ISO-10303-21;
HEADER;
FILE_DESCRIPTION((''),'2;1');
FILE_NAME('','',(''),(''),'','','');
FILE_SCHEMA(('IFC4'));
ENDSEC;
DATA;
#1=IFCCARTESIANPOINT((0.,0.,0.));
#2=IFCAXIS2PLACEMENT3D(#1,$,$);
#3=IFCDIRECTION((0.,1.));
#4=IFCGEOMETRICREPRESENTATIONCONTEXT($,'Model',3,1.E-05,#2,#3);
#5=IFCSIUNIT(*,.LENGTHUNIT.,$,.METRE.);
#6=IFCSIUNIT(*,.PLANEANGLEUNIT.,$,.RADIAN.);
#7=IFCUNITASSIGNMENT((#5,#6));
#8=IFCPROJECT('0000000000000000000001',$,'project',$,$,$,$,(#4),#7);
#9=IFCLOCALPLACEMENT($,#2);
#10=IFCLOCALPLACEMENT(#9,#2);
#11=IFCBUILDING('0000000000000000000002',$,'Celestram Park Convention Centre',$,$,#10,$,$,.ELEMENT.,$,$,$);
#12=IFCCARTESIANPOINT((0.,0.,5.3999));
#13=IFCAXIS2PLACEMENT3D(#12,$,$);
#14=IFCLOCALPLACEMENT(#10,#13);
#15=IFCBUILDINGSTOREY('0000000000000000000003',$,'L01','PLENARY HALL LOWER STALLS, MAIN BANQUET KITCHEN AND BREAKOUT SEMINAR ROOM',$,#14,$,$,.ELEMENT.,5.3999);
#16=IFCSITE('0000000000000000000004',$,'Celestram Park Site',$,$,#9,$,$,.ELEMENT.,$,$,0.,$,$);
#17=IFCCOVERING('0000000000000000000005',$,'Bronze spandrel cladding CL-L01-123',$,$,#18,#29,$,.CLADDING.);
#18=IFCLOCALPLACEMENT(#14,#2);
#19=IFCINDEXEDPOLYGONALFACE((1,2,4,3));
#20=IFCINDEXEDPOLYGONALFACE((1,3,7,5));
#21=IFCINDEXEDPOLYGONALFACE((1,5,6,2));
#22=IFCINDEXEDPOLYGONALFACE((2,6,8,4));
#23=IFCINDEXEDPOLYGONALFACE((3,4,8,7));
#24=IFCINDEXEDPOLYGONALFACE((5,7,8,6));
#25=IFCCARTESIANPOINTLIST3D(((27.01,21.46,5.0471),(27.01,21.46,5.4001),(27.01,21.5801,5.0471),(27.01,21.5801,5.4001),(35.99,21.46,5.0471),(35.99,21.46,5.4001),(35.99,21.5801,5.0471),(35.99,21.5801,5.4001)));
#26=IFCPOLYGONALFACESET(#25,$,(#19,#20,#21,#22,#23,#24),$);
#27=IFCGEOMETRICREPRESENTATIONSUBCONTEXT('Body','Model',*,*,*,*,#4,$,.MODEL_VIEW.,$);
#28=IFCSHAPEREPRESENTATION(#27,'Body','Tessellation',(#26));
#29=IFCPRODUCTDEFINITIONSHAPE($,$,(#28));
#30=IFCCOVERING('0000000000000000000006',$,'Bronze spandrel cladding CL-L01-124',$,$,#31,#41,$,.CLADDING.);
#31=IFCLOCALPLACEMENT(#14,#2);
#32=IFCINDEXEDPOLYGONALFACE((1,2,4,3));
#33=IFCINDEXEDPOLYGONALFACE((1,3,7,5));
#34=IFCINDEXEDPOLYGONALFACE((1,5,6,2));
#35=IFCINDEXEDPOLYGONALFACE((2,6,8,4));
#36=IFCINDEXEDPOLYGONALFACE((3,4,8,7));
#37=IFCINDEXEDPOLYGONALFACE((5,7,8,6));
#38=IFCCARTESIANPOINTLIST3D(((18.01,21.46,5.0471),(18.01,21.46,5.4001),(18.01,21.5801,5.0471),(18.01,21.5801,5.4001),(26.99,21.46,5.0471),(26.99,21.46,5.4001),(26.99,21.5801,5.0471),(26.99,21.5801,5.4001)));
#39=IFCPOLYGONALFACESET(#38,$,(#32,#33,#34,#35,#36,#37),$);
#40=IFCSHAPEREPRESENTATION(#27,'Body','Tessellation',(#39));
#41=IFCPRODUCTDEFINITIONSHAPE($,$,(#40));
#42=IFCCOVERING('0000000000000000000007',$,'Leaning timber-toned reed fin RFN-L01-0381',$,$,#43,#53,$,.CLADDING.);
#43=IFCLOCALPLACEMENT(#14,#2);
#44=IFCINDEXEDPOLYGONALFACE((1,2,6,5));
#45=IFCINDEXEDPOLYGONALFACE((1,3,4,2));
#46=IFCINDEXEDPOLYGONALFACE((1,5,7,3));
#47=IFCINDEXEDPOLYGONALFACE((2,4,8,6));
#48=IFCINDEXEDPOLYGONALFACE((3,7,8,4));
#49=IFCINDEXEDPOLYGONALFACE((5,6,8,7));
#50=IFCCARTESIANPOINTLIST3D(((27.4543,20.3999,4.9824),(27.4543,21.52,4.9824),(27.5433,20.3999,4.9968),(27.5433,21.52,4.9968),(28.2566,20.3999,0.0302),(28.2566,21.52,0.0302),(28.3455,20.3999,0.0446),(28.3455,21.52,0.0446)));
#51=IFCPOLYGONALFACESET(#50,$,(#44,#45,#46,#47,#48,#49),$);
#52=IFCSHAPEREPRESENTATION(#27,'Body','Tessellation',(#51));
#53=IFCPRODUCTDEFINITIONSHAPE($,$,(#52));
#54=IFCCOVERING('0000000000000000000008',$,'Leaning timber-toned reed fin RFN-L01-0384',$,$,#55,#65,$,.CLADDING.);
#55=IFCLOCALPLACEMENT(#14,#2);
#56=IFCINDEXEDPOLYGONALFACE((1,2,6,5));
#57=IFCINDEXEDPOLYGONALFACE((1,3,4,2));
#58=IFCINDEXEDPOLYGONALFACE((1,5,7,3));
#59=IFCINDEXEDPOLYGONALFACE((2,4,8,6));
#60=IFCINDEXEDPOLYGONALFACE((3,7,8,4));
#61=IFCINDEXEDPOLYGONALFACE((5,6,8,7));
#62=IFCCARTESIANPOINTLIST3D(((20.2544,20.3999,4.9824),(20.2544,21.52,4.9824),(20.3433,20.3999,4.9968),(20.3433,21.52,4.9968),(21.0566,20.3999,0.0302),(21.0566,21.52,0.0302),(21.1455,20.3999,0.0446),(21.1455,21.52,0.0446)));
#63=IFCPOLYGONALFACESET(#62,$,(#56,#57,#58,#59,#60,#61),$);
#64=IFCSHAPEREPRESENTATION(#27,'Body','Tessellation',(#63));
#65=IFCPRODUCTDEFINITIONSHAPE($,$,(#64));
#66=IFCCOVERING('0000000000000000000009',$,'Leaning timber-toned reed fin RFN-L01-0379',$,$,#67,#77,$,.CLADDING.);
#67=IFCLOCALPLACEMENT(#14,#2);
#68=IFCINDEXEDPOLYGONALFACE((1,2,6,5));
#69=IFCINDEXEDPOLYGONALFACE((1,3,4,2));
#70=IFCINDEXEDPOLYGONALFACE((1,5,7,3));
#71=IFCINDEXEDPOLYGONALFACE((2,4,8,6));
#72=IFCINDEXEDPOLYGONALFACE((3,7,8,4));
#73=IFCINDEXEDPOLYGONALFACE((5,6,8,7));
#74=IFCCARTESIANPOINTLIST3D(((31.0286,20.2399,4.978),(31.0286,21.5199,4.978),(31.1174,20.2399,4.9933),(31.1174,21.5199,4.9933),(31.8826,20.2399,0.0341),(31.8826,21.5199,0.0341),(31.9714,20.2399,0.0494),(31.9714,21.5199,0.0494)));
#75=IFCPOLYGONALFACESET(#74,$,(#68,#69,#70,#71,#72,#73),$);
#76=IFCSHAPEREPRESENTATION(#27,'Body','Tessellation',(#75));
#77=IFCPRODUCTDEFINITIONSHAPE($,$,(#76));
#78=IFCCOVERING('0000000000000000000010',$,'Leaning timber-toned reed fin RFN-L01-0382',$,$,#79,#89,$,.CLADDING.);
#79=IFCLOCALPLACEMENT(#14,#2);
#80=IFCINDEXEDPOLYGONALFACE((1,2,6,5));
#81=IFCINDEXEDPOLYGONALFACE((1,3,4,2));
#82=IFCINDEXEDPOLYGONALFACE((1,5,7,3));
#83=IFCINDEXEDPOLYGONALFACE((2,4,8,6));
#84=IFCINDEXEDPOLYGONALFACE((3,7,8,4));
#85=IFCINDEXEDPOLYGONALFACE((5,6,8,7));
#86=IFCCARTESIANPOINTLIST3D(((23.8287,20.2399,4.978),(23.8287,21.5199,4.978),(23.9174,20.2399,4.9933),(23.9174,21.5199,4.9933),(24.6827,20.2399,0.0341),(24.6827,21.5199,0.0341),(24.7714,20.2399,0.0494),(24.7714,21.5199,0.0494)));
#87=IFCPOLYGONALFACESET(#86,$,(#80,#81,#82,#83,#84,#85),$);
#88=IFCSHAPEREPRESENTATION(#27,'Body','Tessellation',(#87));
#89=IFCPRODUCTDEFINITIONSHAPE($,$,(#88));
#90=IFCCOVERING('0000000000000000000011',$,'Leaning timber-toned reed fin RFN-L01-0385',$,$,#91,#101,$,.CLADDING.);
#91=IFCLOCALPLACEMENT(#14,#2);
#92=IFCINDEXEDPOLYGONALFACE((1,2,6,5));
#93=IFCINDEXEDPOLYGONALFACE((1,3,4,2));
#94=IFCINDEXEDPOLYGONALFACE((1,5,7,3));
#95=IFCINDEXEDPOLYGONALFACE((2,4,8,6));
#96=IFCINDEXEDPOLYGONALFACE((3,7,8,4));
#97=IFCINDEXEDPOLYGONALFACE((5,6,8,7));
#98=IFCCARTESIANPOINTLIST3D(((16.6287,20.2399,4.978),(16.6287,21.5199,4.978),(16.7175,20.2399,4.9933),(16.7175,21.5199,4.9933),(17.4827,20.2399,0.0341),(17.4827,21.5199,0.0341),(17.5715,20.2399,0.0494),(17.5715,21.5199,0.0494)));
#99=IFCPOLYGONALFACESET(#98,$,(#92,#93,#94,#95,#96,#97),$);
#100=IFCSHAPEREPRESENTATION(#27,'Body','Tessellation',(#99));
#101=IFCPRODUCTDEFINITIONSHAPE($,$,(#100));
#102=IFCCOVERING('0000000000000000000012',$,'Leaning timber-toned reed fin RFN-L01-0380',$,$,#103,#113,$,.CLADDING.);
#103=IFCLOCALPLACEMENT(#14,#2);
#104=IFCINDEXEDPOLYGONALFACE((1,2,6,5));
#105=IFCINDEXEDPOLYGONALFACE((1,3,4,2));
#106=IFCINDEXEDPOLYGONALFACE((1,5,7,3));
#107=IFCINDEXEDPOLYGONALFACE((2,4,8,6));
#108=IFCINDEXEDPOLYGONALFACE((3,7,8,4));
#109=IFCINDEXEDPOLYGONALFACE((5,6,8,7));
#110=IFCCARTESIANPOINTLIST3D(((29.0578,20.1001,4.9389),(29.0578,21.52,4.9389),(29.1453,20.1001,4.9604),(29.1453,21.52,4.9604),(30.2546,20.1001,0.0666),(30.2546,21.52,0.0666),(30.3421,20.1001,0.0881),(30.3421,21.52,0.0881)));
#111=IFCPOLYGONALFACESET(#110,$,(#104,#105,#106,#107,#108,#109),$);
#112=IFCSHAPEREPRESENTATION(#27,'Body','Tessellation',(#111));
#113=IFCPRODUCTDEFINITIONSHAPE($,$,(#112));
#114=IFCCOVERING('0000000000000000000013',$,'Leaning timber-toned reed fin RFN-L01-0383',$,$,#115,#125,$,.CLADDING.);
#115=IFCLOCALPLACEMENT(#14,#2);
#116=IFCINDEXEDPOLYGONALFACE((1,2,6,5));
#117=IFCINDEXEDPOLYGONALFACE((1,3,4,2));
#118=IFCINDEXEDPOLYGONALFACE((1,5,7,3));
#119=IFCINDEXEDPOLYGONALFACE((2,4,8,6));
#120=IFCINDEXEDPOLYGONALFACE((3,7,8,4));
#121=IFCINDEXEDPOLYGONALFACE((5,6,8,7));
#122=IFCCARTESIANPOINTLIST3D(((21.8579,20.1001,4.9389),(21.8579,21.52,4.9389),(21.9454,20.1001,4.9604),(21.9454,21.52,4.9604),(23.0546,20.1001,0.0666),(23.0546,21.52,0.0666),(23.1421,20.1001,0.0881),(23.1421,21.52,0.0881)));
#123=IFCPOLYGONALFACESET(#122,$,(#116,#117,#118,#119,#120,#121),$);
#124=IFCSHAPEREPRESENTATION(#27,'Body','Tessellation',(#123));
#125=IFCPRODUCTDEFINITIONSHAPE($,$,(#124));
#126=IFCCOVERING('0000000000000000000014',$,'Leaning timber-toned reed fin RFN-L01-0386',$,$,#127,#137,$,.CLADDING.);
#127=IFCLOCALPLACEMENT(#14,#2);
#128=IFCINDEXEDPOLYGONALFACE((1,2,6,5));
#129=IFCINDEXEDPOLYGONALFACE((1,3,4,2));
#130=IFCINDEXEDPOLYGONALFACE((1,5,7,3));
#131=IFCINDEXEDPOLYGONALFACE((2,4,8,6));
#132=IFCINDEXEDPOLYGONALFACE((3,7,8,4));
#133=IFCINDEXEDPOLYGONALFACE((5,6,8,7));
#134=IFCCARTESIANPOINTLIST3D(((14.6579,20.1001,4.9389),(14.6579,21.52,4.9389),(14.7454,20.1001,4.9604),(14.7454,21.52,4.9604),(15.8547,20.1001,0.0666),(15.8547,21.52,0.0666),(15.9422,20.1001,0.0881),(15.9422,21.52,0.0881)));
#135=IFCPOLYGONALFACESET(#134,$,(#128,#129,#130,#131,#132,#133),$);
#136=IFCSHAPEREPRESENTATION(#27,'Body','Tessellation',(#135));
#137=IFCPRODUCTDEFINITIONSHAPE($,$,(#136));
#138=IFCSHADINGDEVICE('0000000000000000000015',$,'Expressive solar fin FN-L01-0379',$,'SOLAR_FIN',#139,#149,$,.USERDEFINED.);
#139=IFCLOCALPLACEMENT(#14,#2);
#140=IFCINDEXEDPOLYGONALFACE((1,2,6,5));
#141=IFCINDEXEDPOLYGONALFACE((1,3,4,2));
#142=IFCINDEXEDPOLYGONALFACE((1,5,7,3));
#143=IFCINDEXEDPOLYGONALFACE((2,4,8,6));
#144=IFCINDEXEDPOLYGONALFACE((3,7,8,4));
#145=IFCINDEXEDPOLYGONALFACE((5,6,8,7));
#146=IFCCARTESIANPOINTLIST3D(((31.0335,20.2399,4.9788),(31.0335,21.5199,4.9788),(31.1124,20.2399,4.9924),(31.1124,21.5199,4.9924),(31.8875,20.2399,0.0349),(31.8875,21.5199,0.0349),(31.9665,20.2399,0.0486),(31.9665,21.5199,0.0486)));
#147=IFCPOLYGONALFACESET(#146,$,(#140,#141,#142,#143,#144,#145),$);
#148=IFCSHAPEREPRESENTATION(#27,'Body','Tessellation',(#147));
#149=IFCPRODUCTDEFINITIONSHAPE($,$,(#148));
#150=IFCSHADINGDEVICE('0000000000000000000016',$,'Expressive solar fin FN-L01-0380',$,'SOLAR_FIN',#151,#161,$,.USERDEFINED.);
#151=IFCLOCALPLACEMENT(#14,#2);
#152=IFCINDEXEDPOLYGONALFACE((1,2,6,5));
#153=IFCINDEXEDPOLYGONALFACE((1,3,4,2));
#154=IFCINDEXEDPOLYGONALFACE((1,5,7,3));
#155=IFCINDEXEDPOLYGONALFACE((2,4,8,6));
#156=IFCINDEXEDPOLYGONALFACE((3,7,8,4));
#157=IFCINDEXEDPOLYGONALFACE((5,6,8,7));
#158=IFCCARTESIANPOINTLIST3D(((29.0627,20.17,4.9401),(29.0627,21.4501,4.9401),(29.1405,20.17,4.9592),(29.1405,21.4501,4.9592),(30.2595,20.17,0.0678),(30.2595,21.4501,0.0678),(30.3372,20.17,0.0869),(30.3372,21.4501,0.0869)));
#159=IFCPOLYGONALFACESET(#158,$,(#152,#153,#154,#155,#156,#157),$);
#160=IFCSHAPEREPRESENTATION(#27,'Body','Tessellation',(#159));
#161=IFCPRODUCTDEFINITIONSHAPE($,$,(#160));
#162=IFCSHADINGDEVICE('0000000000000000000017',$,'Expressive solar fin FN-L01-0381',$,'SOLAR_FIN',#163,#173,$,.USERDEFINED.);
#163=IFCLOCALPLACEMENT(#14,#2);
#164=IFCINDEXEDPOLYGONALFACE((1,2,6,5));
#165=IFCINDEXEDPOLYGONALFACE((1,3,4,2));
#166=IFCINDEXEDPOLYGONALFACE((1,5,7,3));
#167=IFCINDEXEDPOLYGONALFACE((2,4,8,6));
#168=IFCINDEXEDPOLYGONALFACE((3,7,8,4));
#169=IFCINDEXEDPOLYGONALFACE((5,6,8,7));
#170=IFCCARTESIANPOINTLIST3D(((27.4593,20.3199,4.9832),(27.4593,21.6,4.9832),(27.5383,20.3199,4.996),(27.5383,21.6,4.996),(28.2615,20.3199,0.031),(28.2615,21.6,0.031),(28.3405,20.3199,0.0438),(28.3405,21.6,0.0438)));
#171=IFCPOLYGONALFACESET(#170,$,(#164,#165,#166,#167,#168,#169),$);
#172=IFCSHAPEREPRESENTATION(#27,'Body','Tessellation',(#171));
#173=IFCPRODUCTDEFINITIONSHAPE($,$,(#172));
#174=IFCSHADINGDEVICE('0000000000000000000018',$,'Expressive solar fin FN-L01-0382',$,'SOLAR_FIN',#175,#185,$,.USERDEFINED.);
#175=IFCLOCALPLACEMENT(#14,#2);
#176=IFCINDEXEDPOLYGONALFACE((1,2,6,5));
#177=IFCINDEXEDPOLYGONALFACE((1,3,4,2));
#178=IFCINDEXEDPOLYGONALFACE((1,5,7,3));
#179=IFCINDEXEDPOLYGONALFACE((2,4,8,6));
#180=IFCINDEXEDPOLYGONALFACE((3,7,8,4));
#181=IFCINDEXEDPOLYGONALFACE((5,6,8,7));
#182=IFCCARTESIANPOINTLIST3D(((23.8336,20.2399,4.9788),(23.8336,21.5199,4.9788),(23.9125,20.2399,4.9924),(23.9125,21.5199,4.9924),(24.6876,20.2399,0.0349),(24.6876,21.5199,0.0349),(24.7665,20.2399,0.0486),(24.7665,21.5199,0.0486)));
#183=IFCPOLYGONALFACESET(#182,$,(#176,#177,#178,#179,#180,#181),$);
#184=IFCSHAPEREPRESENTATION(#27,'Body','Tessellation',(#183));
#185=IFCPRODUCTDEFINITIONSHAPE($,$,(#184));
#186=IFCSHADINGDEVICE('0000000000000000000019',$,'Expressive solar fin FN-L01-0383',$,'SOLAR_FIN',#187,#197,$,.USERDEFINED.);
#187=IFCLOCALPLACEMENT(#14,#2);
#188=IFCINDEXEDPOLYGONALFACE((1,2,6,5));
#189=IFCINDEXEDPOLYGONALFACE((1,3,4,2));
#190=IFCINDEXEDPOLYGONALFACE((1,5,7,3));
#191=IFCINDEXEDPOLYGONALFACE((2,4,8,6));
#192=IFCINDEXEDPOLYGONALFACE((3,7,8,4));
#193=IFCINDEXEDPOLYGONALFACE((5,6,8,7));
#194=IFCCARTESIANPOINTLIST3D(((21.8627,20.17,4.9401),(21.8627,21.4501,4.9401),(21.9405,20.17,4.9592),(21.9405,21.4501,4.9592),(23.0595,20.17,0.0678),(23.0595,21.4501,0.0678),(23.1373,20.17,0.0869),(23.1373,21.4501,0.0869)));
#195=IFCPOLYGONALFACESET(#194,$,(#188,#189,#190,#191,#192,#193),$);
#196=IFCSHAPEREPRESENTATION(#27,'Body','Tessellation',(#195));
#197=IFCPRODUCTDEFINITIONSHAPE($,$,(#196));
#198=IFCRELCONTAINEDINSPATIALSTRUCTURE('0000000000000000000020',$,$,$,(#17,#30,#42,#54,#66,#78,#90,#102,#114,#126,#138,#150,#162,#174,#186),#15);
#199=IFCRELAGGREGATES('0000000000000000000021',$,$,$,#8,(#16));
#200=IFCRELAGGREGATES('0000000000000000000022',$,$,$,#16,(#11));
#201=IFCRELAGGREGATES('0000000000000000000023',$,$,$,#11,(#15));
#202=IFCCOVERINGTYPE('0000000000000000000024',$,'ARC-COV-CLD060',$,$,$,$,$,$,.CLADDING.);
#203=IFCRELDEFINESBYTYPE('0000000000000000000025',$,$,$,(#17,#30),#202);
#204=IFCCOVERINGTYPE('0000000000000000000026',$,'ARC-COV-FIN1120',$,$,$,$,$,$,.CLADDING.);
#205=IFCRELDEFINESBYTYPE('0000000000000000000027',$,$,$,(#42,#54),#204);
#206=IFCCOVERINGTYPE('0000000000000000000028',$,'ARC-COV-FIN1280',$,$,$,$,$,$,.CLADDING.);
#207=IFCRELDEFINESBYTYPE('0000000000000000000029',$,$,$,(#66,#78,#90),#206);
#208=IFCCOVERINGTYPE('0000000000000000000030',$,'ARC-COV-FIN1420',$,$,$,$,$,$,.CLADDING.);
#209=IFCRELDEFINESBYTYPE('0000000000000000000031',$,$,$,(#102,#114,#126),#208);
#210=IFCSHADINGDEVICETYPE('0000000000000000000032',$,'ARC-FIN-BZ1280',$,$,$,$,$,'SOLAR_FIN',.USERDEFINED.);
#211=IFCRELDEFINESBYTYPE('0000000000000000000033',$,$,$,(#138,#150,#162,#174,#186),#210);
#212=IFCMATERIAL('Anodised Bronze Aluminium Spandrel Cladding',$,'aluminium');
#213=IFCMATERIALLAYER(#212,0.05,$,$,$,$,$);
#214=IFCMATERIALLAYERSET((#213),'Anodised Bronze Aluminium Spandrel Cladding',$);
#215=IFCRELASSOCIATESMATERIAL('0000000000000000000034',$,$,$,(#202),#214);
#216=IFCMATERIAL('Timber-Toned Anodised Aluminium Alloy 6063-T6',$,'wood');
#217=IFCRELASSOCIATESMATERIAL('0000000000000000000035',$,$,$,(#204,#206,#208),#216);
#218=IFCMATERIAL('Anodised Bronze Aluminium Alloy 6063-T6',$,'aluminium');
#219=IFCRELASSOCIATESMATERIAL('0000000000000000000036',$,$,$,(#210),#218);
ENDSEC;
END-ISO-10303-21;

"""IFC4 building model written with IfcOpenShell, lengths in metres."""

from ifc_helpers import new_model, si_unit, direction, frame, origin, origin_2d, place, context, subcontext, project, spatial, rectangle, extrude, material, layer, layer_set, material_profile, profile_set, type_object, element, save


model = new_model("IFC4")

# Units and contexts
model_context = context("Model", 3, precision=1e-05, world=origin(), true_north=direction((0.0, 1.0)))
body_context = subcontext(model_context, "Body", "Model", "MODEL_VIEW")
ifc_project = project(units=[si_unit("LENGTHUNIT", "METRE"), si_unit("PLANEANGLEUNIT", "RADIAN")], contexts=[model_context])

# Site, building, storey
site_placement = place(None, origin())
site = spatial("IfcSite", under=ifc_project, at=site_placement, Name="Celestram Park Site", CompositionType="ELEMENT", RefElevation=0.0)
building_placement = place(site_placement, origin())
building = spatial("IfcBuilding", under=site, at=building_placement, Name="Celestram Park Convention Centre", CompositionType="ELEMENT")
storey_placement = place(building_placement, frame((0.0, 0.0, 5.3999)))
storey = spatial("IfcBuildingStorey", under=building, at=storey_placement, Name="L01", Description="PLENARY HALL LOWER STALLS, MAIN BANQUET KITCHEN AND BREAKOUT SEMINAR ROOM", CompositionType="ELEMENT", Elevation=5.3999)

# Coverings
ifc_material_1 = material(Name="Anodised Bronze Aluminium Spandrel Cladding", Category="aluminium")
ifc_layer = layer(ifc_material_1, 0.05)
ifc_layer_set = layer_set([ifc_layer], Name="Anodised Bronze Aluminium Spandrel Cladding")
covering_type_1 = type_object("IfcCoveringType", Name="ARC-COV-CLD060", PredefinedType="CLADDING", material=ifc_layer_set)
for number, where, z_axis, x_axis, name in (
    (1, (31.5, 21.52, 5.0471), (0.0, 0.0, 1.0), (-1.0, 0.0, 0.0), "Bronze spandrel cladding CL-L01-123"),
    (2, (22.5, 21.52, 5.0471), (0.0, 0.0, 1.0), (-1.0, 0.0, 0.0), "Bronze spandrel cladding CL-L01-124"),
):
    element("IfcCovering", number, at=place(storey_placement, frame(where, z_axis=z_axis, x_axis=x_axis)), inside=storey, type_object=covering_type_1, Name=name, PredefinedType="CLADDING", context=body_context, shape_type="SweptSolid", body=[
        extrude(rectangle(XDim=8.98, YDim=0.1201, at=origin_2d()), origin(), (0.0, 0.0, 1.0), 0.353),
    ])
ifc_material_2 = material(Name="Timber-Toned Anodised Aluminium Alloy 6063-T6", Category="wood")
ifc_material_profile_1 = material_profile(ifc_material_2, rectangle(XDim=1.1201, YDim=0.0901, at=origin_2d()), Name="REED1120X90")
ifc_profile_set_1 = profile_set([ifc_material_profile_1], Name="Timber-Toned Anodised Aluminium Alloy 6063-T6")
covering_type_2 = type_object("IfcCoveringType", Name="ARC-COV-FIN1120", PredefinedType="CLADDING", material=ifc_profile_set_1)
for number, where, z_axis, x_axis, name in (
    (3, (28.301, 20.96, 0.0374), (-0.159907, 0.0, 0.987132), (0.0, -1.0, 0.0), "Leaning timber-toned reed fin RFN-L01-0381"),
    (4, (21.1011, 20.96, 0.0374), (-0.159907, 0.0, 0.987132), (0.0, -1.0, 0.0), "Leaning timber-toned reed fin RFN-L01-0384"),
):
    element("IfcCovering", number, at=place(storey_placement, frame(where, z_axis=z_axis, x_axis=x_axis)), inside=storey, type_object=covering_type_2, Name=name, PredefinedType="CLADDING", context=body_context, shape_type="SweptSolid", body=[
        extrude(rectangle(XDim=1.1201, YDim=0.0901, at=origin_2d()), origin(), (0.0, 0.0, 1.0), 5.0168),
    ])
ifc_material_profile_2 = material_profile(ifc_material_2, rectangle(XDim=1.28, YDim=0.0901, at=origin_2d()), Name="REED1280X90")
ifc_profile_set_2 = profile_set([ifc_material_profile_2], Name="Timber-Toned Anodised Aluminium Alloy 6063-T6")
covering_type_3 = type_object("IfcCoveringType", Name="ARC-COV-FIN1280", PredefinedType="CLADDING", material=ifc_profile_set_2)
for number, where, z_axis, x_axis, name in (
    (5, (31.927, 20.8799, 0.0417), (-0.17022, 0.0, 0.985406), (0.0, -1.0, 0.0), "Leaning timber-toned reed fin RFN-L01-0379"),
    (6, (24.7271, 20.8799, 0.0417), (-0.17022, 0.0, 0.985406), (0.0, -1.0, 0.0), "Leaning timber-toned reed fin RFN-L01-0382"),
    (7, (17.5271, 20.8799, 0.0417), (-0.17022, 0.0, 0.985406), (0.0, -1.0, 0.0), "Leaning timber-toned reed fin RFN-L01-0385"),
):
    element("IfcCovering", number, at=place(storey_placement, frame(where, z_axis=z_axis, x_axis=x_axis)), inside=storey, type_object=covering_type_3, Name=name, PredefinedType="CLADDING", context=body_context, shape_type="SweptSolid", body=[
        extrude(rectangle(XDim=1.28, YDim=0.0901, at=origin_2d()), origin(), (0.0, 0.0, 1.0), 5.0171),
    ])
ifc_material_profile_3 = material_profile(ifc_material_2, rectangle(XDim=1.4199, YDim=0.0901, at=origin_2d()), Name="REED1420X90")
ifc_profile_set_3 = profile_set([ifc_material_profile_3], Name="Timber-Toned Anodised Aluminium Alloy 6063-T6")
covering_type_4 = type_object("IfcCoveringType", Name="ARC-COV-FIN1420", PredefinedType="CLADDING", material=ifc_profile_set_3)
for number, where, z_axis, x_axis, name in (
    (8, (30.2983, 20.8101, 0.0774), (-0.238538, 0.0, 0.971133), (0.0, -1.0, 0.0), "Leaning timber-toned reed fin RFN-L01-0380"),
    (9, (23.0984, 20.8101, 0.0774), (-0.238538, 0.0, 0.971133), (0.0, -1.0, 0.0), "Leaning timber-toned reed fin RFN-L01-0383"),
    (10, (15.8984, 20.8101, 0.0774), (-0.238538, 0.0, 0.971133), (0.0, -1.0, 0.0), "Leaning timber-toned reed fin RFN-L01-0386"),
):
    element("IfcCovering", number, at=place(storey_placement, frame(where, z_axis=z_axis, x_axis=x_axis)), inside=storey, type_object=covering_type_4, Name=name, PredefinedType="CLADDING", context=body_context, shape_type="SweptSolid", body=[
        extrude(rectangle(XDim=1.4199, YDim=0.0901, at=origin_2d()), origin(), (0.0, 0.0, 1.0), 5.0171),
    ])

# Shading devices
ifc_material_3 = material(Name="Anodised Bronze Aluminium Alloy 6063-T6", Category="aluminium")
ifc_material_profile_4 = material_profile(ifc_material_3, rectangle(XDim=1.28, YDim=0.0801, at=origin_2d()), Name="FIN1280X80")
ifc_profile_set_4 = profile_set([ifc_material_profile_4], Name="Anodised Bronze Aluminium Alloy 6063-T6")
shading_device_type = type_object("IfcShadingDeviceType", Name="ARC-FIN-BZ1280", ElementType="SOLAR_FIN", PredefinedType="USERDEFINED", material=ifc_profile_set_4)
for number, where, z_axis, x_axis, name in (
    (11, (31.927, 20.8799, 0.0417), (-0.17022, 0.0, 0.985406), (0.0, -1.0, 0.0), "Expressive solar fin FN-L01-0379"),
    (12, (30.2983, 20.8101, 0.0774), (-0.238538, 0.0, 0.971133), (0.0, -1.0, 0.0), "Expressive solar fin FN-L01-0380"),
):
    element("IfcShadingDevice", number, at=place(storey_placement, frame(where, z_axis=z_axis, x_axis=x_axis)), inside=storey, type_object=shading_device_type, Name=name, ObjectType="SOLAR_FIN", PredefinedType="USERDEFINED", context=body_context, shape_type="SweptSolid", body=[
        extrude(rectangle(XDim=1.28, YDim=0.0801, at=origin_2d()), origin(), (0.0, 0.0, 1.0), 5.0171),
    ])
shading_device_1_placement = place(storey_placement, frame((28.301, 20.96, 0.0374), z_axis=(-0.159907, 0.0, 0.987132), x_axis=(0.0, -1.0, 0.0)))
element("IfcShadingDevice", 13, at=shading_device_1_placement, inside=storey, type_object=shading_device_type, Name="Expressive solar fin FN-L01-0381", ObjectType="SOLAR_FIN", PredefinedType="USERDEFINED", context=body_context, shape_type="SweptSolid", body=[
    extrude(rectangle(XDim=1.28, YDim=0.0801, at=origin_2d()), origin(), (0.0, 0.0, 1.0), 5.0168),
])
for number, where, z_axis, x_axis, name in (
    (14, (24.7271, 20.8799, 0.0417), (-0.17022, 0.0, 0.985406), (0.0, -1.0, 0.0), "Expressive solar fin FN-L01-0382"),
    (15, (23.0984, 20.8101, 0.0774), (-0.238538, 0.0, 0.971133), (0.0, -1.0, 0.0), "Expressive solar fin FN-L01-0383"),
):
    element("IfcShadingDevice", number, at=place(storey_placement, frame(where, z_axis=z_axis, x_axis=x_axis)), inside=storey, type_object=shading_device_type, Name=name, ObjectType="SOLAR_FIN", PredefinedType="USERDEFINED", context=body_context, shape_type="SweptSolid", body=[
        extrude(rectangle(XDim=1.28, YDim=0.0801, at=origin_2d()), origin(), (0.0, 0.0, 1.0), 5.0171),
    ])

save(model, "model.ifc")
